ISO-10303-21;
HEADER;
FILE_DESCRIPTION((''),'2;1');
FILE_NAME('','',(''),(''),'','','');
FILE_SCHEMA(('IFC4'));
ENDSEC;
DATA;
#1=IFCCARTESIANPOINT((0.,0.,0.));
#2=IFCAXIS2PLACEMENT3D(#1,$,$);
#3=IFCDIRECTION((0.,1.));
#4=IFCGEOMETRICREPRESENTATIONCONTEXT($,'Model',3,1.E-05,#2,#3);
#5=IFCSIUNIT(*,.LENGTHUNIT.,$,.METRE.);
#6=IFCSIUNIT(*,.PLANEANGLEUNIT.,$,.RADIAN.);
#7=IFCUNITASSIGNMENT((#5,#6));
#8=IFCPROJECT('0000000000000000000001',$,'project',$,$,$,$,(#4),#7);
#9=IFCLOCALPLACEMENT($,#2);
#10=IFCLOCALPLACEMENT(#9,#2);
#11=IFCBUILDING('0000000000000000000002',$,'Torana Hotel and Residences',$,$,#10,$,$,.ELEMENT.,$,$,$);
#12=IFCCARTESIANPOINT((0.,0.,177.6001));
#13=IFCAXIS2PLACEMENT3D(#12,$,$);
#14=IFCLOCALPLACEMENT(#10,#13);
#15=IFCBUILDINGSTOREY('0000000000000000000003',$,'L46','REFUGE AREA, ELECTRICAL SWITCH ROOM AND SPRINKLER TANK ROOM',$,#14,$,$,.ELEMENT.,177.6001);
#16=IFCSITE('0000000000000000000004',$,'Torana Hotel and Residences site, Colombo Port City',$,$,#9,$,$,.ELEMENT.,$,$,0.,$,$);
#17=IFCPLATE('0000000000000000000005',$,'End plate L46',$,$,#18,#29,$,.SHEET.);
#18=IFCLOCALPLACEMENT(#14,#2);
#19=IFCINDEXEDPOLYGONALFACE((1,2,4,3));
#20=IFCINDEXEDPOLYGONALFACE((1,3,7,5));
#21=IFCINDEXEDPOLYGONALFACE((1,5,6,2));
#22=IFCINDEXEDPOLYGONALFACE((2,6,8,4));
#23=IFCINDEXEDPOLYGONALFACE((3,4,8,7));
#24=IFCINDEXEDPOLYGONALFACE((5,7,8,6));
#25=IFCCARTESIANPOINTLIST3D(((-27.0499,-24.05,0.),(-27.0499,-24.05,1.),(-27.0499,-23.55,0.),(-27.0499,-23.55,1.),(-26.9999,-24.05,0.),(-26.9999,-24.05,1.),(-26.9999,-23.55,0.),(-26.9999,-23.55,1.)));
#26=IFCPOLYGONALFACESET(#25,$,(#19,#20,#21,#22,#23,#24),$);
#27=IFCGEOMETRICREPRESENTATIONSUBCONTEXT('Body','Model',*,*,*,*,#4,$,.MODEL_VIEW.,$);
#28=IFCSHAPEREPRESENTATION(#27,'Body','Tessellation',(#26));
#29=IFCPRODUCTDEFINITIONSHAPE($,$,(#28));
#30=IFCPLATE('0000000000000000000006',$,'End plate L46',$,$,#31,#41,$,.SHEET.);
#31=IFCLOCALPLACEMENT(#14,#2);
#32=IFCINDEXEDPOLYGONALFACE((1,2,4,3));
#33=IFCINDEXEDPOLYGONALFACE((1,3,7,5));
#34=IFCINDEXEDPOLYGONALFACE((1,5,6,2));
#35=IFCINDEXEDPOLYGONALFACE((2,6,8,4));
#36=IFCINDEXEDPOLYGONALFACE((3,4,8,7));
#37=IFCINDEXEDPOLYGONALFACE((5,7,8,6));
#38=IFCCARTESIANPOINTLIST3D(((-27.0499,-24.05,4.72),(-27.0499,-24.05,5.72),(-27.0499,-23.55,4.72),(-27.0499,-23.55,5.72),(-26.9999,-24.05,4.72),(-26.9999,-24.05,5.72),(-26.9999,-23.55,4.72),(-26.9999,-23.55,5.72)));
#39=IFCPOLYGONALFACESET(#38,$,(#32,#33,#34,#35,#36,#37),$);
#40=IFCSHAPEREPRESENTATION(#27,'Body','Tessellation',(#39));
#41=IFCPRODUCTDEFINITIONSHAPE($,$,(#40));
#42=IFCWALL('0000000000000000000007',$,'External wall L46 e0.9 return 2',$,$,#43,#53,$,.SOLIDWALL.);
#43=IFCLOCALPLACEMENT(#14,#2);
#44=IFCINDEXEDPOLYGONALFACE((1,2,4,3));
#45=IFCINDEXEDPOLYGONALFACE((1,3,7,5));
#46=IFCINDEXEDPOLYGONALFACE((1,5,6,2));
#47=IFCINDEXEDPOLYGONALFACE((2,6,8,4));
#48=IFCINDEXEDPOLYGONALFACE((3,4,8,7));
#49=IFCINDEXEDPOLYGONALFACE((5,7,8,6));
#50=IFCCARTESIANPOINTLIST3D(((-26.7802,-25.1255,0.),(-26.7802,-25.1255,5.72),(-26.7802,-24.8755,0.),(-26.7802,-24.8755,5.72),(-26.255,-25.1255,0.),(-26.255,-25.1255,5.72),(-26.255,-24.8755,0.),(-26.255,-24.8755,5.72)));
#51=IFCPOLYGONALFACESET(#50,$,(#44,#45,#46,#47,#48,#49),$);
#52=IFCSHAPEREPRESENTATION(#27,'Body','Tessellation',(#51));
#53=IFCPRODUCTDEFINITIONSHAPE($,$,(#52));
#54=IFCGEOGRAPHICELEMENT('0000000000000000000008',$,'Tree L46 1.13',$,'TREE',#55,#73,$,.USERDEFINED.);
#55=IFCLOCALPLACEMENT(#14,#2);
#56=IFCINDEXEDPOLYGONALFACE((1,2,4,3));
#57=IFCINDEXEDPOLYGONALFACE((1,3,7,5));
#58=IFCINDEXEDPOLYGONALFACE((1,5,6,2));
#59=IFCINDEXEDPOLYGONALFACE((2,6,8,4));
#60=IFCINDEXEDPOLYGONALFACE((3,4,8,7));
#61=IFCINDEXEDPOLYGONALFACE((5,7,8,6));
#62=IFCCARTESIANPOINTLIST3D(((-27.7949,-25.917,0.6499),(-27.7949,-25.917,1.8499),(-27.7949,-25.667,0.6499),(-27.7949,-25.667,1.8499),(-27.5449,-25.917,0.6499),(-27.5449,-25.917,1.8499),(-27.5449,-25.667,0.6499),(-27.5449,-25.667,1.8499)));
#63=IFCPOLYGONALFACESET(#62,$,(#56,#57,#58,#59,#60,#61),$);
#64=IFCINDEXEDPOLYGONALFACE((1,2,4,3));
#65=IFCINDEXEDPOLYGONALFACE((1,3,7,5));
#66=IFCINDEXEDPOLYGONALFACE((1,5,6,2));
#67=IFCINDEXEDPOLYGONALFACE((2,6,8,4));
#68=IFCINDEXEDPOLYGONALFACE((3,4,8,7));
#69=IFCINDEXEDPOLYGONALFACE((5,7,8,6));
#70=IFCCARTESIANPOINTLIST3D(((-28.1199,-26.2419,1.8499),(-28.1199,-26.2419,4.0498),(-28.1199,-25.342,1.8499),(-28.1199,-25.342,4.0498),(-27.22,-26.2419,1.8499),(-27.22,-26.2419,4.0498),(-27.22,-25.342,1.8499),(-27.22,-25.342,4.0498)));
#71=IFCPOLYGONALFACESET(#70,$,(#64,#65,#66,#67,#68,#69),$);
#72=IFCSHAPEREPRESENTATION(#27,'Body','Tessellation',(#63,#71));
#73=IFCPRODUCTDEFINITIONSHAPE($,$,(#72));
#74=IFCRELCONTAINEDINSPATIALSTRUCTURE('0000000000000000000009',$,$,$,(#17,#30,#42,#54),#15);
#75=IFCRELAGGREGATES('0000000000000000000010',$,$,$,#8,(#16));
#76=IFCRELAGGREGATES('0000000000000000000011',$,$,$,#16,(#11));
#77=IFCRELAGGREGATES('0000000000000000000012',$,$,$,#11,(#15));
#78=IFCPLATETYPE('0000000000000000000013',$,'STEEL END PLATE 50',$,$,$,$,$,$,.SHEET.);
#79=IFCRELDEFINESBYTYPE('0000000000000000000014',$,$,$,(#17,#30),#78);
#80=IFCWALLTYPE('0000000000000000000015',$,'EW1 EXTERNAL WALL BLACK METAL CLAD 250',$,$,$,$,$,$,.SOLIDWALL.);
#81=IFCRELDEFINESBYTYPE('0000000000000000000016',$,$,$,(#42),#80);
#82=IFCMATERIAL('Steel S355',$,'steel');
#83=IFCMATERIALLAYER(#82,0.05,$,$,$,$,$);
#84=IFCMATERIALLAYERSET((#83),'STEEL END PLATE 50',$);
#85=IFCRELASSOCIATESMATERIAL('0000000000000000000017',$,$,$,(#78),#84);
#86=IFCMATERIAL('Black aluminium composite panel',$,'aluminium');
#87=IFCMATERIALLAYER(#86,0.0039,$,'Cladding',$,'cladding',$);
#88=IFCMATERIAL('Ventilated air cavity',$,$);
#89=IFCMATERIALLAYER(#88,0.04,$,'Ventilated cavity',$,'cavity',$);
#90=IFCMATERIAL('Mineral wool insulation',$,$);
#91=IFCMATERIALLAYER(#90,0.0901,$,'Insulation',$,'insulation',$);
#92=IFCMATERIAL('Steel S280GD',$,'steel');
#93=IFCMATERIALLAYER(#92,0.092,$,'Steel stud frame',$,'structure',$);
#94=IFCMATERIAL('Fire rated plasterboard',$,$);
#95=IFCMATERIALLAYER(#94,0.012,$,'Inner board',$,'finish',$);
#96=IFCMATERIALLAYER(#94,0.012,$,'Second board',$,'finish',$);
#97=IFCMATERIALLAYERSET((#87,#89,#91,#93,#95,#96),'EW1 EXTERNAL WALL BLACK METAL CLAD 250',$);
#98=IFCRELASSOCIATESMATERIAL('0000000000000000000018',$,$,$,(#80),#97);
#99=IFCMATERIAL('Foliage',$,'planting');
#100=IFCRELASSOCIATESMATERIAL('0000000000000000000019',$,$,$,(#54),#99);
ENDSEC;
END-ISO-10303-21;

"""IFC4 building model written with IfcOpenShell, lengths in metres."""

from ifc_helpers import new_model, si_unit, direction, frame, frame_2d, origin, origin_2d, place, context, subcontext, project, spatial, rectangle, extrude, material, layer, layer_set, type_object, element, save


model = new_model("IFC4")

# Units and contexts
model_context = context("Model", 3, precision=1e-05, world=origin(), true_north=direction((0.0, 1.0)))
body_context = subcontext(model_context, "Body", "Model", "MODEL_VIEW")
ifc_project = project(units=[si_unit("LENGTHUNIT", "METRE"), si_unit("PLANEANGLEUNIT", "RADIAN")], contexts=[model_context])

# Site, building, storey
site_placement = place(None, origin())
site = spatial("IfcSite", under=ifc_project, at=site_placement, Name="Torana Hotel and Residences site, Colombo Port City", CompositionType="ELEMENT", RefElevation=0.0)
building_placement = place(site_placement, origin())
building = spatial("IfcBuilding", under=site, at=building_placement, Name="Torana Hotel and Residences", CompositionType="ELEMENT")
storey_placement = place(building_placement, frame((0.0, 0.0, 177.6001)))
storey = spatial("IfcBuildingStorey", under=building, at=storey_placement, Name="L46", Description="REFUGE AREA, ELECTRICAL SWITCH ROOM AND SPRINKLER TANK ROOM", CompositionType="ELEMENT", Elevation=177.6001)

# Plates
ifc_material_1 = material(Name="Steel S355", Category="steel")
ifc_layer_1 = layer(ifc_material_1, 0.05)
ifc_layer_set_1 = layer_set([ifc_layer_1], Name="STEEL END PLATE 50")
plate_type_1 = type_object("IfcPlateType", Name="STEEL END PLATE 50", PredefinedType="SHEET", material=ifc_layer_set_1)
for number, where, z_axis, x_axis, name in (
    (1, (-27.0249, -23.8, 0.0), (0.0, 0.0, 1.0), (-1.0, 0.0, 0.0), "End plate L46"),
    (2, (-27.0249, -23.8, 4.72), (0.0, 0.0, 1.0), (-1.0, 0.0, 0.0), "End plate L46"),
):
    element("IfcPlate", number, at=place(storey_placement, frame(where, z_axis=z_axis, x_axis=x_axis)), inside=storey, type_object=plate_type_1, Name=name, PredefinedType="SHEET", context=body_context, shape_type="SweptSolid", body=[
        extrude(rectangle(XDim=0.05, YDim=0.5, at=origin_2d()), origin(), (0.0, 0.0, 1.0), 1.0),
    ])

# Wall
ifc_material_2 = material(Name="Black aluminium composite panel", Category="aluminium")
ifc_layer_2 = layer(ifc_material_2, 0.0039, Name="Cladding", Category="cladding")
ifc_material_3 = material(Name="Ventilated air cavity")
ifc_layer_3 = layer(ifc_material_3, 0.04, Name="Ventilated cavity", Category="cavity")
ifc_material_4 = material(Name="Mineral wool insulation")
ifc_layer_4 = layer(ifc_material_4, 0.0901, Name="Insulation", Category="insulation")
ifc_material_5 = material(Name="Steel S280GD", Category="steel")
ifc_layer_5 = layer(ifc_material_5, 0.092, Name="Steel stud frame", Category="structure")
ifc_material_6 = material(Name="Fire rated plasterboard")
ifc_layer_6 = layer(ifc_material_6, 0.012, Name="Inner board", Category="finish")
ifc_layer_7 = layer(ifc_material_6, 0.012, Name="Second board", Category="finish")
ifc_layer_set_2 = layer_set([ifc_layer_2, ifc_layer_3, ifc_layer_4, ifc_layer_5, ifc_layer_6, ifc_layer_7], Name="EW1 EXTERNAL WALL BLACK METAL CLAD 250")
wall_type = type_object("IfcWallType", Name="EW1 EXTERNAL WALL BLACK METAL CLAD 250", PredefinedType="SOLIDWALL", material=ifc_layer_set_2)
wall_placement = place(storey_placement, frame((-26.2549, -25.0005, 0.0), z_axis=(0.0, 0.0, 1.0), x_axis=(-1.0, 0.0, 0.0)))
element("IfcWall", 3, at=wall_placement, inside=storey, type_object=wall_type, Name="External wall L46 e0.9 return 2", PredefinedType="SOLIDWALL", context=body_context, shape_type="SweptSolid", body=[
    extrude(rectangle(XDim=0.5251, YDim=0.25, at=frame_2d((0.2627, 0.0))), origin(), (0.0, 0.0, 1.0), 5.72),
])

# Geographic element
ifc_material_7 = material(Name="Foliage", Category="planting")
geographic_element_placement = place(storey_placement, frame((-27.6699, -25.792, 0.6499), z_axis=(0.0, 0.0, 1.0), x_axis=(1.0, 0.0, 0.0)))
element("IfcGeographicElement", 4, at=geographic_element_placement, inside=storey, material=ifc_material_7, Name="Tree L46 1.13", ObjectType="TREE", PredefinedType="USERDEFINED", context=body_context, shape_type="SweptSolid", body=[
    extrude(rectangle(XDim=0.25, YDim=0.25, at=origin_2d()), origin(), (0.0, 0.0, 1.0), 1.2),
    extrude(rectangle(XDim=0.8999, YDim=0.8999, at=origin_2d()), frame((0.0, 0.0, 1.2)), (0.0, 0.0, 1.0), 2.2),
])

save(model, "model.ifc")
